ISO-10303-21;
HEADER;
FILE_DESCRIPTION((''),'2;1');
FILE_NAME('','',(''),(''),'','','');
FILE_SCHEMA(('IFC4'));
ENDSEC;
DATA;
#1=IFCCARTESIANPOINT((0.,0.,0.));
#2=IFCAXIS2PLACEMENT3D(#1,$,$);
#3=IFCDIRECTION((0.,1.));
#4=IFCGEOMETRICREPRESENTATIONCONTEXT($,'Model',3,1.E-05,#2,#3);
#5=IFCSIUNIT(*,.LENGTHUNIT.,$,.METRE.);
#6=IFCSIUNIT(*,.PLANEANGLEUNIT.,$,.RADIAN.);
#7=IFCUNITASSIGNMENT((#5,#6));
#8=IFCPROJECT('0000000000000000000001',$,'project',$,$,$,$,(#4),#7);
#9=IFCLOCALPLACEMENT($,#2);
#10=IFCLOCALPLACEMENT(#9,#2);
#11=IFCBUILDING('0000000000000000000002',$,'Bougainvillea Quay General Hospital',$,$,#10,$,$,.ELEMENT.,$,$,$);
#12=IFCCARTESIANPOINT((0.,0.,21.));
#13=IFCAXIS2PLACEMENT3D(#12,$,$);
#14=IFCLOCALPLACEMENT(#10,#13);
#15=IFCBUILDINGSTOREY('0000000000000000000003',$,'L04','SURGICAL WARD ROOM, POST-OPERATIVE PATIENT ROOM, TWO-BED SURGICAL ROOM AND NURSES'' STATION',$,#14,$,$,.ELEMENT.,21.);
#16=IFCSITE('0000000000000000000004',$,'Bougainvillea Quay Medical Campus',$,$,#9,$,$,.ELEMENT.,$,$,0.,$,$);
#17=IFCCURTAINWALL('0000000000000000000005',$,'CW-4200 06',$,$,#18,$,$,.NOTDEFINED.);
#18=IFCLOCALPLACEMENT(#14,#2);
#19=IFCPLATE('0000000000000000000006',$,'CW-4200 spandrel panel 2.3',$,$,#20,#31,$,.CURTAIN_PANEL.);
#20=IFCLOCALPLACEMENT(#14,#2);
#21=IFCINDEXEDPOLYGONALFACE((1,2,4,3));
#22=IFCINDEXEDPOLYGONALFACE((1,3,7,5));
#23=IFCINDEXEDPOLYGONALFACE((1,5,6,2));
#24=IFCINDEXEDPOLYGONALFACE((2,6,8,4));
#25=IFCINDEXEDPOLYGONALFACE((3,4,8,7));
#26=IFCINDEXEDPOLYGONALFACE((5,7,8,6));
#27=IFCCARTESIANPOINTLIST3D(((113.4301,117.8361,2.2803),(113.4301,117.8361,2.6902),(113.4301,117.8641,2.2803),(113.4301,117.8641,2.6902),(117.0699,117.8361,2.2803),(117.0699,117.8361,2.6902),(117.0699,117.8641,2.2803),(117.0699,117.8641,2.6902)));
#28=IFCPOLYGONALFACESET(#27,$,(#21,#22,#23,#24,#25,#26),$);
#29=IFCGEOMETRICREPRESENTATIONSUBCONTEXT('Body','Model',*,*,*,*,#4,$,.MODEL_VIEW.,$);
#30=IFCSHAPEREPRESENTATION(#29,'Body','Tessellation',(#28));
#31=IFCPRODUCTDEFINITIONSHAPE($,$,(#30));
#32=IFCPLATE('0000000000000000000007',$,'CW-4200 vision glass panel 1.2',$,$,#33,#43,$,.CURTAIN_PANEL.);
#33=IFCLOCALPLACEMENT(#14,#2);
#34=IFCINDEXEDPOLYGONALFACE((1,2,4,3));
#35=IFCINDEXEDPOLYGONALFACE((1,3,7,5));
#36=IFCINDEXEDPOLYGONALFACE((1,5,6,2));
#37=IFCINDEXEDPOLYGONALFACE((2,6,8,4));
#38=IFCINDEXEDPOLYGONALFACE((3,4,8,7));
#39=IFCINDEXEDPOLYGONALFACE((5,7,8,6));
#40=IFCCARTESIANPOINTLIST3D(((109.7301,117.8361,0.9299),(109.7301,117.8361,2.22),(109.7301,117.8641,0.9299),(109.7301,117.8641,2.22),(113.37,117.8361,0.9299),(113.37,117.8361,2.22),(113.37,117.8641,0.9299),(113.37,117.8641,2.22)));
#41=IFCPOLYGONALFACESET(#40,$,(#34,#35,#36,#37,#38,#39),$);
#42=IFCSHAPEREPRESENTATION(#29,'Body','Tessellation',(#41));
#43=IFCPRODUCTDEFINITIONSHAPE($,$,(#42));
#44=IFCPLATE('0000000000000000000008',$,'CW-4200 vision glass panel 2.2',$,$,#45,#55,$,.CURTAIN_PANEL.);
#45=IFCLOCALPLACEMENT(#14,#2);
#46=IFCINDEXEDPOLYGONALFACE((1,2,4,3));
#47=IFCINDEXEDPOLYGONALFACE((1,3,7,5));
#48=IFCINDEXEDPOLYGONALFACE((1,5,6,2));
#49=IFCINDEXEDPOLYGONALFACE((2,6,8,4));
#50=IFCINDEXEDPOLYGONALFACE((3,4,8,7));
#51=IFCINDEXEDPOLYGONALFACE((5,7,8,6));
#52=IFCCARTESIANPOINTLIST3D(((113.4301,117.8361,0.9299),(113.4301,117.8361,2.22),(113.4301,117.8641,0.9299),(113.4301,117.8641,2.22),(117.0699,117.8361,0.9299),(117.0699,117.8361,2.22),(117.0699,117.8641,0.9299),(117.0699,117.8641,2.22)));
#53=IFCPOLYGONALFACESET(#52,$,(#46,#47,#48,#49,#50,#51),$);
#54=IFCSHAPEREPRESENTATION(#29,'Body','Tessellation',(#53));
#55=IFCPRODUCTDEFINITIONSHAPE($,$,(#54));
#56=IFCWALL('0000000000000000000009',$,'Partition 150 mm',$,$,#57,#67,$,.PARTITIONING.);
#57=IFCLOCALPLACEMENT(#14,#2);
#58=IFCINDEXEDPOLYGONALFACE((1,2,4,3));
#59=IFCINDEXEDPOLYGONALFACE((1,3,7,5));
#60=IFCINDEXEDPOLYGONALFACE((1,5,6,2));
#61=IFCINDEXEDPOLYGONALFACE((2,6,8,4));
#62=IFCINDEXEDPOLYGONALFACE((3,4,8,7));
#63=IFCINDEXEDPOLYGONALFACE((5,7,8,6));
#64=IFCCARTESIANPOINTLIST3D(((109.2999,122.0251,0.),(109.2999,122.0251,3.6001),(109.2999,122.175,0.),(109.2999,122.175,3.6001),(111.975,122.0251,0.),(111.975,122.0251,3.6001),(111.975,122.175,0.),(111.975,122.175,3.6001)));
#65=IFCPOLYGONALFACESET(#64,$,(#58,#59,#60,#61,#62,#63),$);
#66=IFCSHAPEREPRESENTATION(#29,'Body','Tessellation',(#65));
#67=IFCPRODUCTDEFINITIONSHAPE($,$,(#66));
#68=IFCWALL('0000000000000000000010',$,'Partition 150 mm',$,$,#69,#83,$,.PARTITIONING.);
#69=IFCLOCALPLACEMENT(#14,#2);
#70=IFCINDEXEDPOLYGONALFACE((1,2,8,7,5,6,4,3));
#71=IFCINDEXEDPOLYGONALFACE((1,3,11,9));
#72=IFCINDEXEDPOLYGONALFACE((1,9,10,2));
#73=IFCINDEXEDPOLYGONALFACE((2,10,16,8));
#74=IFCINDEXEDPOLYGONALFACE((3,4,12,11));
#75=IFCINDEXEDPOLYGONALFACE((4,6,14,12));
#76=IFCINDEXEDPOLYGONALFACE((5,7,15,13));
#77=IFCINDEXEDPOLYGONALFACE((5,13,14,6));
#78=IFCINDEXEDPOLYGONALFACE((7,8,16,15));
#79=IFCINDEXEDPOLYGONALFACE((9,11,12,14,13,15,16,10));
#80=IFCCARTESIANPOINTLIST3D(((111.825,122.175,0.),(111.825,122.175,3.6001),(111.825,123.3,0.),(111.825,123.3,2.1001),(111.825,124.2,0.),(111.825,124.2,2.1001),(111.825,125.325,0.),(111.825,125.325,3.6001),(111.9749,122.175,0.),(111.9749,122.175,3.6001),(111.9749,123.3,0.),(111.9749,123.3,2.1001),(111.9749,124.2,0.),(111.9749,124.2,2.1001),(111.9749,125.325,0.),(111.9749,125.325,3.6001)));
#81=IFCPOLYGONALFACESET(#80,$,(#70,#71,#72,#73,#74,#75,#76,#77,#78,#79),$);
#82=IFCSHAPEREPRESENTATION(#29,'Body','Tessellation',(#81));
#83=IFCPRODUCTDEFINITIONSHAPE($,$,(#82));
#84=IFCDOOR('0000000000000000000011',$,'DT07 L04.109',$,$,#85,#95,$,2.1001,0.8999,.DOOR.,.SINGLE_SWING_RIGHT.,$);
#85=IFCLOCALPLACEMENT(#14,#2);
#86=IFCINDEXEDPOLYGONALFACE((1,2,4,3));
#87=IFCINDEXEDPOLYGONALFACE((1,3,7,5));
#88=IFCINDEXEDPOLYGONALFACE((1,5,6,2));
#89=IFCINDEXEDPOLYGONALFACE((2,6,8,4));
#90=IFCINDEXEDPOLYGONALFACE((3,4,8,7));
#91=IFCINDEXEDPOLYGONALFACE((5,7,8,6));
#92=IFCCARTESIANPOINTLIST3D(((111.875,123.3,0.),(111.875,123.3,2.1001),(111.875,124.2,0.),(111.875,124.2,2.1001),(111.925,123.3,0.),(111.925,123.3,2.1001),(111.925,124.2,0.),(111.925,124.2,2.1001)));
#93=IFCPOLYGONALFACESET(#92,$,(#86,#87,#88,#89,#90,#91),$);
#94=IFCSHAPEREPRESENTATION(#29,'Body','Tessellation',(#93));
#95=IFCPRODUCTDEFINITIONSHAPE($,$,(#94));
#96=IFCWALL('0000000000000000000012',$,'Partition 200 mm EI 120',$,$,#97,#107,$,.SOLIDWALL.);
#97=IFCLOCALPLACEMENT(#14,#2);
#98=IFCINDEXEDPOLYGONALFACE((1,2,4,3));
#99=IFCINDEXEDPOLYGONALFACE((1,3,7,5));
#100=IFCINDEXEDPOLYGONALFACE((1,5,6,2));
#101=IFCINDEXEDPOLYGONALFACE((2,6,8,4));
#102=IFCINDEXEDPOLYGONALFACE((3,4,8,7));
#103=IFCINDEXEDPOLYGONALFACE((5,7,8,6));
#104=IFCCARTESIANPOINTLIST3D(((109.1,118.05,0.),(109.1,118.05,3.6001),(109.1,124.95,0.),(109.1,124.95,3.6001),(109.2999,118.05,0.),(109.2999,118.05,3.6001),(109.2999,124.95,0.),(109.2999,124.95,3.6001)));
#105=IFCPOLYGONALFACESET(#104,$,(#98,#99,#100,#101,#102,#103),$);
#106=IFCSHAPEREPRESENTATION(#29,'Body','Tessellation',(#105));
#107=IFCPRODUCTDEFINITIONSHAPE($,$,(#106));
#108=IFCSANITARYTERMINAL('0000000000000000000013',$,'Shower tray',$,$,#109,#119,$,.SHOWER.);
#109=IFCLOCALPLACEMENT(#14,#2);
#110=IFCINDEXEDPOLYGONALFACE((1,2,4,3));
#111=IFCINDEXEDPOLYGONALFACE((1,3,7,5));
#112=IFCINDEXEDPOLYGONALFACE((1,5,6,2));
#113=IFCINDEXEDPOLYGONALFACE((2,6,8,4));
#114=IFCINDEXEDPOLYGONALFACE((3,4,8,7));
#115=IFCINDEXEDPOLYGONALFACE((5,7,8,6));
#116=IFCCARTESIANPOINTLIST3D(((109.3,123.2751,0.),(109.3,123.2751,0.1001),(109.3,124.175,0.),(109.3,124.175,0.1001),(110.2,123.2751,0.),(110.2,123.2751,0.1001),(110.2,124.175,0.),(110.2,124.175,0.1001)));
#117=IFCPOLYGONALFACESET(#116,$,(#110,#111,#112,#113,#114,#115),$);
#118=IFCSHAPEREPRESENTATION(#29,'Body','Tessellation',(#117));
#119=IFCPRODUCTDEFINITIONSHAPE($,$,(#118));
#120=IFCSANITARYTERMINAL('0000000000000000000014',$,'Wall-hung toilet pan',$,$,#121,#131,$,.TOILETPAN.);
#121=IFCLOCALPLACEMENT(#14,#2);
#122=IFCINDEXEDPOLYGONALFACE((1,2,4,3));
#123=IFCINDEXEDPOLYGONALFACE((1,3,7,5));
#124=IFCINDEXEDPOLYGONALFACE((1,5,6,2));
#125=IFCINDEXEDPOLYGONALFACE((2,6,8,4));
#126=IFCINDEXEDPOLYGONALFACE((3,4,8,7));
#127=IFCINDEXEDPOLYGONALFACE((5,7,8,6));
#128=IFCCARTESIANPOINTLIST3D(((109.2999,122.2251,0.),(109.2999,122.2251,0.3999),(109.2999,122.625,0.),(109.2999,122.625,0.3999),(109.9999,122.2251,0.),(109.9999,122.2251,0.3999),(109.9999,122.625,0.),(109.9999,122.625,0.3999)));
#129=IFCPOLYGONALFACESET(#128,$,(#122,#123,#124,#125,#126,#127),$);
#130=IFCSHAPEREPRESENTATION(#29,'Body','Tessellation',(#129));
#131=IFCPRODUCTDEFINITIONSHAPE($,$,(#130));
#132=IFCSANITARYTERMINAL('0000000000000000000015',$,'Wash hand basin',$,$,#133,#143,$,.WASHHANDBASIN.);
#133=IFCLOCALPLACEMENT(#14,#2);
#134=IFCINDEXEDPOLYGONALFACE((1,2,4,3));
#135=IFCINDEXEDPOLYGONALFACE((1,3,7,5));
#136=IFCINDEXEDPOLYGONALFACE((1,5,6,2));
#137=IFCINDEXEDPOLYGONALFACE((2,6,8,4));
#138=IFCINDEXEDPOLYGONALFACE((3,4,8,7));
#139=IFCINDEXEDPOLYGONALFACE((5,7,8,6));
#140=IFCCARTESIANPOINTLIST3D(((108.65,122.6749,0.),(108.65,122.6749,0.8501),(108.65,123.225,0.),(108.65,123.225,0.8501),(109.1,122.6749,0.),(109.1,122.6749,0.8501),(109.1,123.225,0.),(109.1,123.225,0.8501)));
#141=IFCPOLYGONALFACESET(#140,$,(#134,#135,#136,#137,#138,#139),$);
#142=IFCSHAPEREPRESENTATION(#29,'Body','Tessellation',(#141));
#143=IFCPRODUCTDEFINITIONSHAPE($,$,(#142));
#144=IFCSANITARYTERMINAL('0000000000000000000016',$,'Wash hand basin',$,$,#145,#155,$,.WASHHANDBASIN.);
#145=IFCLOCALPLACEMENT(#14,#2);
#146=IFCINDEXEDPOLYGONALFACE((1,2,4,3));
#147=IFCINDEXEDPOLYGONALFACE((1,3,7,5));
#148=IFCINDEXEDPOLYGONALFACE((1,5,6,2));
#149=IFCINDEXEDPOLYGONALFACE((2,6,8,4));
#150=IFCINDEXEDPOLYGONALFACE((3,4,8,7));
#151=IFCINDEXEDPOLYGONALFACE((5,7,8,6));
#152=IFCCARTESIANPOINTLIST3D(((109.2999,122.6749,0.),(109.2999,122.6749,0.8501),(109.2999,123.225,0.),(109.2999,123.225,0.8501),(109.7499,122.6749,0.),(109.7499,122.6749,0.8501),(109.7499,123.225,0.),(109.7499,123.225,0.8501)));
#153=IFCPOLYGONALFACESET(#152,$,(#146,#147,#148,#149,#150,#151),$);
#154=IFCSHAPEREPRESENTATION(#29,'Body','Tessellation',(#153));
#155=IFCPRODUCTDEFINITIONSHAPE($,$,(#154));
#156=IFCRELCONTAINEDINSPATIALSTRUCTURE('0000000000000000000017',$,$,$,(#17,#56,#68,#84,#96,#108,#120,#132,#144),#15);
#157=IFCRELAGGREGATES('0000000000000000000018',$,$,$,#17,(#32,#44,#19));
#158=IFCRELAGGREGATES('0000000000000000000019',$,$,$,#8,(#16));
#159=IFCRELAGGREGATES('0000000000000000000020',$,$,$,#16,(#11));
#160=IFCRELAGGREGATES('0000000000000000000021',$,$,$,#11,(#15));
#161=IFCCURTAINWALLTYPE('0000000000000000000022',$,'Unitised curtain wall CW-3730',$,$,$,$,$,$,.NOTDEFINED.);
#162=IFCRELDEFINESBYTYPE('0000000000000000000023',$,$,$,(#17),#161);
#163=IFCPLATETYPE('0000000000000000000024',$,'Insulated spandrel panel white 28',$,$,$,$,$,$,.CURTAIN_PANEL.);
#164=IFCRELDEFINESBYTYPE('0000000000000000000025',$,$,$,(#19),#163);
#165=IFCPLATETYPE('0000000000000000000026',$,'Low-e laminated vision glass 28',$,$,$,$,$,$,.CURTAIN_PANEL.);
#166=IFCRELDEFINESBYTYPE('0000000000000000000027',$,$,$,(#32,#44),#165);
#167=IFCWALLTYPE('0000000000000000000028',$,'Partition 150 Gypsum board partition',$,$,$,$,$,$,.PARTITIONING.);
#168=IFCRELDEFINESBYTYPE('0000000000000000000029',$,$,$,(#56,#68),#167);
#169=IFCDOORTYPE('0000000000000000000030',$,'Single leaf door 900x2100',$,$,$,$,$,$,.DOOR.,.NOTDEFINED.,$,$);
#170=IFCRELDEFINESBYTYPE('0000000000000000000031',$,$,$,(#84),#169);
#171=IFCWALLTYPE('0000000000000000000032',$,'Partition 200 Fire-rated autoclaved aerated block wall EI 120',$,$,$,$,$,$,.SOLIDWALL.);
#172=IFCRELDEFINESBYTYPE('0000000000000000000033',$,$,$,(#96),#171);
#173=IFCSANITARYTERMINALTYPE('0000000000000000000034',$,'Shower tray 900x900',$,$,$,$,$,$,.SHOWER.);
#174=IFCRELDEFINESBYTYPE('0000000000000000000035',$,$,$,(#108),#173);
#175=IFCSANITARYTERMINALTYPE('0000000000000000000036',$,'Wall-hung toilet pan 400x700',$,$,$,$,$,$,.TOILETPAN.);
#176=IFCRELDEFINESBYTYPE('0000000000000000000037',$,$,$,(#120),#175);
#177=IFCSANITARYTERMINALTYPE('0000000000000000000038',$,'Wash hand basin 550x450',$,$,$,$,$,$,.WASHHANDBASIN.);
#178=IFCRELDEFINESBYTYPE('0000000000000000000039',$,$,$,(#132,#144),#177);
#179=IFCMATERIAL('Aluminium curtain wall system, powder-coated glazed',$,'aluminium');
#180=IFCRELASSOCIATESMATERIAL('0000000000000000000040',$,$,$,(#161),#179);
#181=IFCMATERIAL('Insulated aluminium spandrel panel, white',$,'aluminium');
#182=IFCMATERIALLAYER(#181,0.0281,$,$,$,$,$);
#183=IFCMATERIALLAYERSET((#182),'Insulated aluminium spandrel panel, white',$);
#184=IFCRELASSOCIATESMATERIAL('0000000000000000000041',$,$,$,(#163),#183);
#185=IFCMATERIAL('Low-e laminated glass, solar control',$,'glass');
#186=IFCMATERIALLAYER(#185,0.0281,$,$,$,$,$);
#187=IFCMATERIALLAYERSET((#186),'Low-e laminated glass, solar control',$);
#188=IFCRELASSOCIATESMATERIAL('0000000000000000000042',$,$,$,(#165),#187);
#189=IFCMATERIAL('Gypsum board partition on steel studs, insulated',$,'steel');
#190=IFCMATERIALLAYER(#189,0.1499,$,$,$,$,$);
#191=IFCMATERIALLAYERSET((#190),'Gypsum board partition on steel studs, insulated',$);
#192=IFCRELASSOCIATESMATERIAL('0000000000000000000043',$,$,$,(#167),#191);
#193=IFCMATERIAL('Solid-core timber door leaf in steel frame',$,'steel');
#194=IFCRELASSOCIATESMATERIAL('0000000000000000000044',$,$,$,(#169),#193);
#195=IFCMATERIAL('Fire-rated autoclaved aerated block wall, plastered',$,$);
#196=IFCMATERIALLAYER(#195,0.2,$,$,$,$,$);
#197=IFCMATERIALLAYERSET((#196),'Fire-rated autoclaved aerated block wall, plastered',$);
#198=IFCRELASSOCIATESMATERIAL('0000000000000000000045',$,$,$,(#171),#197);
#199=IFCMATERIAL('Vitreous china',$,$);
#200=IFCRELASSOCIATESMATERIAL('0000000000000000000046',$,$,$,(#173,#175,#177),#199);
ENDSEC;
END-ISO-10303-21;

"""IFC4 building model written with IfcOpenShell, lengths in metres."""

from ifc_helpers import new_model, si_unit, direction, frame, frame_2d, origin, origin_2d, place, context, subcontext, project, spatial, rectangle, extrude, material, layer, layer_set, type_object, element, fill, aggregate, save


model = new_model("IFC4")

# Units and contexts
model_context = context("Model", 3, precision=1e-05, world=origin(), true_north=direction((0.0, 1.0)))
body_context = subcontext(model_context, "Body", "Model", "MODEL_VIEW")
ifc_project = project(units=[si_unit("LENGTHUNIT", "METRE"), si_unit("PLANEANGLEUNIT", "RADIAN")], contexts=[model_context])

# Site, building, storey
site_placement = place(None, origin())
site = spatial("IfcSite", under=ifc_project, at=site_placement, Name="Bougainvillea Quay Medical Campus", CompositionType="ELEMENT", RefElevation=0.0)
building_placement = place(site_placement, origin())
building = spatial("IfcBuilding", under=site, at=building_placement, Name="Bougainvillea Quay General Hospital", CompositionType="ELEMENT")
storey_placement = place(building_placement, frame((0.0, 0.0, 21.0)))
storey = spatial("IfcBuildingStorey", under=building, at=storey_placement, Name="L04", Description="SURGICAL WARD ROOM, POST-OPERATIVE PATIENT ROOM, TWO-BED SURGICAL ROOM AND NURSES' STATION", CompositionType="ELEMENT", Elevation=21.0)

# Curtain wall, plates
ifc_material_1 = material(Name="Aluminium curtain wall system, powder-coated glazed", Category="aluminium")
curtain_wall_type = type_object("IfcCurtainWallType", Name="Unitised curtain wall CW-3730", PredefinedType="NOTDEFINED", material=ifc_material_1)
curtain_wall_placement = place(storey_placement, origin())
curtain_wall = element("IfcCurtainWall", 1, at=curtain_wall_placement, inside=storey, type_object=curtain_wall_type, Name="CW-4200 06", PredefinedType="NOTDEFINED")
ifc_material_2 = material(Name="Insulated aluminium spandrel panel, white", Category="aluminium")
ifc_layer_1 = layer(ifc_material_2, 0.0281)
ifc_layer_set_1 = layer_set([ifc_layer_1], Name="Insulated aluminium spandrel panel, white")
plate_type_1 = type_object("IfcPlateType", Name="Insulated spandrel panel white 28", PredefinedType="CURTAIN_PANEL", material=ifc_layer_set_1)
plate_1_placement = place(storey_placement, frame((115.25, 117.8501, 2.2803), z_axis=(0.0, 0.0, 1.0), x_axis=(1.0, 0.0, 0.0)))
plate_1 = element("IfcPlate", 2, at=plate_1_placement, type_object=plate_type_1, Name="CW-4200 spandrel panel 2.3", PredefinedType="CURTAIN_PANEL", context=body_context, shape_type="SweptSolid", body=[
    extrude(rectangle(XDim=3.6399, YDim=0.0281, at=origin_2d()), origin(), (0.0, 0.0, 1.0), 0.4099),
])
ifc_material_3 = material(Name="Low-e laminated glass, solar control", Category="glass")
ifc_layer_2 = layer(ifc_material_3, 0.0281)
ifc_layer_set_2 = layer_set([ifc_layer_2], Name="Low-e laminated glass, solar control")
plate_type_2 = type_object("IfcPlateType", Name="Low-e laminated vision glass 28", PredefinedType="CURTAIN_PANEL", material=ifc_layer_set_2)
plate_2_placement = place(storey_placement, frame((111.55, 117.8501, 0.9299), z_axis=(0.0, 0.0, 1.0), x_axis=(1.0, 0.0, 0.0)))
plate_2 = element("IfcPlate", 3, at=plate_2_placement, type_object=plate_type_2, Name="CW-4200 vision glass panel 1.2", PredefinedType="CURTAIN_PANEL", context=body_context, shape_type="SweptSolid", body=[
    extrude(rectangle(XDim=3.6399, YDim=0.0281, at=origin_2d()), origin(), (0.0, 0.0, 1.0), 1.29),
])
plate_3_placement = place(storey_placement, frame((115.25, 117.8501, 0.9299), z_axis=(0.0, 0.0, 1.0), x_axis=(1.0, 0.0, 0.0)))
plate_3 = element("IfcPlate", 4, at=plate_3_placement, type_object=plate_type_2, Name="CW-4200 vision glass panel 2.2", PredefinedType="CURTAIN_PANEL", context=body_context, shape_type="SweptSolid", body=[
    extrude(rectangle(XDim=3.6399, YDim=0.0281, at=origin_2d()), origin(), (0.0, 0.0, 1.0), 1.29),
])
aggregate(curtain_wall, [plate_2, plate_3, plate_1])

# Wall
ifc_material_4 = material(Name="Gypsum board partition on steel studs, insulated", Category="steel")
ifc_layer_3 = layer(ifc_material_4, 0.1499)
ifc_layer_set_3 = layer_set([ifc_layer_3], Name="Gypsum board partition on steel studs, insulated")
wall_type_1 = type_object("IfcWallType", Name="Partition 150 Gypsum board partition", PredefinedType="PARTITIONING", material=ifc_layer_set_3)
wall_1_placement = place(storey_placement, frame((109.3, 122.1001, 0.0), z_axis=(0.0, 0.0, 1.0), x_axis=(1.0, 0.0, 0.0)))
element("IfcWall", 5, at=wall_1_placement, inside=storey, type_object=wall_type_1, Name="Partition 150 mm", PredefinedType="PARTITIONING", context=body_context, shape_type="SweptSolid", body=[
    extrude(rectangle(XDim=2.675, YDim=0.1499, at=frame_2d((1.3374, 0.0))), origin(), (0.0, 0.0, 1.0), 3.6001),
])

# Wall, opening, door
wall_2_placement = place(storey_placement, frame((111.8999, 122.175, 0.0), z_axis=(0.0, 0.0, 1.0), x_axis=(0.0, 1.0, 0.0)))
wall_2 = element("IfcWall", 6, at=wall_2_placement, inside=storey, type_object=wall_type_1, Name="Partition 150 mm", PredefinedType="PARTITIONING", context=body_context, shape_type="SweptSolid", body=[
    extrude(rectangle(XDim=3.1499, YDim=0.1499, at=frame_2d((1.575, 0.0))), origin(), (0.0, 0.0, 1.0), 3.6001),
])
opening_placement = place(wall_2_placement, frame((1.125, 0.0, 0.0)))
opening = element("IfcOpeningElement", 7, at=opening_placement, cuts=wall_2, PredefinedType="OPENING", context=body_context, shape_type="SweptSolid", body=[
    extrude(rectangle(XDim=0.8999, YDim=2.1001, at=frame_2d((0.45, 1.05))), frame((0.0, 0.085, 0.0), z_axis=(0.0, -1.0, 0.0), x_axis=(1.0, 0.0, 0.0)), (0.0, 0.0, 1.0), 0.1699),
])
ifc_material_5 = material(Name="Solid-core timber door leaf in steel frame", Category="steel")
door_type = type_object("IfcDoorType", Name="Single leaf door 900x2100", OperationType="NOTDEFINED", PredefinedType="DOOR", material=ifc_material_5)
door_placement = place(opening_placement, origin())
door = element("IfcDoor", 8, at=door_placement, inside=storey, type_object=door_type, Name="DT07 L04.109", OperationType="SINGLE_SWING_RIGHT", OverallHeight=2.1001, OverallWidth=0.8999, PredefinedType="DOOR", context=body_context, shape_type="SweptSolid", body=[
    extrude(rectangle(XDim=0.8999, YDim=2.1001, at=frame_2d((0.45, 1.05))), frame((0.0, 0.0249, 0.0), z_axis=(0.0, -1.0, 0.0), x_axis=(1.0, 0.0, 0.0)), (0.0, 0.0, 1.0), 0.05),
])
fill(opening, door)

# Wall
ifc_material_6 = material(Name="Fire-rated autoclaved aerated block wall, plastered")
ifc_layer_4 = layer(ifc_material_6, 0.2)
ifc_layer_set_4 = layer_set([ifc_layer_4], Name="Fire-rated autoclaved aerated block wall, plastered")
wall_type_2 = type_object("IfcWallType", Name="Partition 200 Fire-rated autoclaved aerated block wall EI 120", PredefinedType="SOLIDWALL", material=ifc_layer_set_4)
wall_3_placement = place(storey_placement, frame((109.2, 124.95, 0.0), z_axis=(0.0, 0.0, 1.0), x_axis=(0.0, -1.0, 0.0)))
element("IfcWall", 9, at=wall_3_placement, inside=storey, type_object=wall_type_2, Name="Partition 200 mm EI 120", PredefinedType="SOLIDWALL", context=body_context, shape_type="SweptSolid", body=[
    extrude(rectangle(XDim=6.8999, YDim=0.2, at=frame_2d((3.45, 0.0))), origin(), (0.0, 0.0, 1.0), 3.6001),
])

# Sanitary terminals
ifc_material_7 = material(Name="Vitreous china")
sanitary_terminal_type_1 = type_object("IfcSanitaryTerminalType", Name="Shower tray 900x900", PredefinedType="SHOWER", material=ifc_material_7)
sanitary_terminal_1_placement = place(storey_placement, frame((109.75, 123.7251, 0.0), z_axis=(0.0, 0.0, 1.0), x_axis=(0.0, 1.0, 0.0)))
element("IfcSanitaryTerminal", 10, at=sanitary_terminal_1_placement, inside=storey, type_object=sanitary_terminal_type_1, Name="Shower tray", PredefinedType="SHOWER", context=body_context, shape_type="SweptSolid", body=[
    extrude(rectangle(XDim=0.8999, YDim=0.8999, at=origin_2d()), origin(), (0.0, 0.0, 1.0), 0.1001),
])
sanitary_terminal_type_2 = type_object("IfcSanitaryTerminalType", Name="Wall-hung toilet pan 400x700", PredefinedType="TOILETPAN", material=ifc_material_7)
sanitary_terminal_2_placement = place(storey_placement, frame((109.6499, 122.425, 0.0), z_axis=(0.0, 0.0, 1.0), x_axis=(0.0, 1.0, 0.0)))
element("IfcSanitaryTerminal", 11, at=sanitary_terminal_2_placement, inside=storey, type_object=sanitary_terminal_type_2, Name="Wall-hung toilet pan", PredefinedType="TOILETPAN", context=body_context, shape_type="SweptSolid", body=[
    extrude(rectangle(XDim=0.3999, YDim=0.7, at=origin_2d()), origin(), (0.0, 0.0, 1.0), 0.3999),
])
sanitary_terminal_type_3 = type_object("IfcSanitaryTerminalType", Name="Wash hand basin 550x450", PredefinedType="WASHHANDBASIN", material=ifc_material_7)
for number, where, z_axis, x_axis, name in (
    (12, (108.875, 122.95, 0.0), (0.0, 0.0, 1.0), (0.0, -1.0, 0.0), "Wash hand basin"),
    (13, (109.5249, 122.95, 0.0), (0.0, 0.0, 1.0), (0.0, 1.0, 0.0), "Wash hand basin"),
):
    element("IfcSanitaryTerminal", number, at=place(storey_placement, frame(where, z_axis=z_axis, x_axis=x_axis)), inside=storey, type_object=sanitary_terminal_type_3, Name=name, PredefinedType="WASHHANDBASIN", context=body_context, shape_type="SweptSolid", body=[
        extrude(rectangle(XDim=0.55, YDim=0.45, at=origin_2d()), origin(), (0.0, 0.0, 1.0), 0.8501),
    ])

save(model, "model.ifc")
